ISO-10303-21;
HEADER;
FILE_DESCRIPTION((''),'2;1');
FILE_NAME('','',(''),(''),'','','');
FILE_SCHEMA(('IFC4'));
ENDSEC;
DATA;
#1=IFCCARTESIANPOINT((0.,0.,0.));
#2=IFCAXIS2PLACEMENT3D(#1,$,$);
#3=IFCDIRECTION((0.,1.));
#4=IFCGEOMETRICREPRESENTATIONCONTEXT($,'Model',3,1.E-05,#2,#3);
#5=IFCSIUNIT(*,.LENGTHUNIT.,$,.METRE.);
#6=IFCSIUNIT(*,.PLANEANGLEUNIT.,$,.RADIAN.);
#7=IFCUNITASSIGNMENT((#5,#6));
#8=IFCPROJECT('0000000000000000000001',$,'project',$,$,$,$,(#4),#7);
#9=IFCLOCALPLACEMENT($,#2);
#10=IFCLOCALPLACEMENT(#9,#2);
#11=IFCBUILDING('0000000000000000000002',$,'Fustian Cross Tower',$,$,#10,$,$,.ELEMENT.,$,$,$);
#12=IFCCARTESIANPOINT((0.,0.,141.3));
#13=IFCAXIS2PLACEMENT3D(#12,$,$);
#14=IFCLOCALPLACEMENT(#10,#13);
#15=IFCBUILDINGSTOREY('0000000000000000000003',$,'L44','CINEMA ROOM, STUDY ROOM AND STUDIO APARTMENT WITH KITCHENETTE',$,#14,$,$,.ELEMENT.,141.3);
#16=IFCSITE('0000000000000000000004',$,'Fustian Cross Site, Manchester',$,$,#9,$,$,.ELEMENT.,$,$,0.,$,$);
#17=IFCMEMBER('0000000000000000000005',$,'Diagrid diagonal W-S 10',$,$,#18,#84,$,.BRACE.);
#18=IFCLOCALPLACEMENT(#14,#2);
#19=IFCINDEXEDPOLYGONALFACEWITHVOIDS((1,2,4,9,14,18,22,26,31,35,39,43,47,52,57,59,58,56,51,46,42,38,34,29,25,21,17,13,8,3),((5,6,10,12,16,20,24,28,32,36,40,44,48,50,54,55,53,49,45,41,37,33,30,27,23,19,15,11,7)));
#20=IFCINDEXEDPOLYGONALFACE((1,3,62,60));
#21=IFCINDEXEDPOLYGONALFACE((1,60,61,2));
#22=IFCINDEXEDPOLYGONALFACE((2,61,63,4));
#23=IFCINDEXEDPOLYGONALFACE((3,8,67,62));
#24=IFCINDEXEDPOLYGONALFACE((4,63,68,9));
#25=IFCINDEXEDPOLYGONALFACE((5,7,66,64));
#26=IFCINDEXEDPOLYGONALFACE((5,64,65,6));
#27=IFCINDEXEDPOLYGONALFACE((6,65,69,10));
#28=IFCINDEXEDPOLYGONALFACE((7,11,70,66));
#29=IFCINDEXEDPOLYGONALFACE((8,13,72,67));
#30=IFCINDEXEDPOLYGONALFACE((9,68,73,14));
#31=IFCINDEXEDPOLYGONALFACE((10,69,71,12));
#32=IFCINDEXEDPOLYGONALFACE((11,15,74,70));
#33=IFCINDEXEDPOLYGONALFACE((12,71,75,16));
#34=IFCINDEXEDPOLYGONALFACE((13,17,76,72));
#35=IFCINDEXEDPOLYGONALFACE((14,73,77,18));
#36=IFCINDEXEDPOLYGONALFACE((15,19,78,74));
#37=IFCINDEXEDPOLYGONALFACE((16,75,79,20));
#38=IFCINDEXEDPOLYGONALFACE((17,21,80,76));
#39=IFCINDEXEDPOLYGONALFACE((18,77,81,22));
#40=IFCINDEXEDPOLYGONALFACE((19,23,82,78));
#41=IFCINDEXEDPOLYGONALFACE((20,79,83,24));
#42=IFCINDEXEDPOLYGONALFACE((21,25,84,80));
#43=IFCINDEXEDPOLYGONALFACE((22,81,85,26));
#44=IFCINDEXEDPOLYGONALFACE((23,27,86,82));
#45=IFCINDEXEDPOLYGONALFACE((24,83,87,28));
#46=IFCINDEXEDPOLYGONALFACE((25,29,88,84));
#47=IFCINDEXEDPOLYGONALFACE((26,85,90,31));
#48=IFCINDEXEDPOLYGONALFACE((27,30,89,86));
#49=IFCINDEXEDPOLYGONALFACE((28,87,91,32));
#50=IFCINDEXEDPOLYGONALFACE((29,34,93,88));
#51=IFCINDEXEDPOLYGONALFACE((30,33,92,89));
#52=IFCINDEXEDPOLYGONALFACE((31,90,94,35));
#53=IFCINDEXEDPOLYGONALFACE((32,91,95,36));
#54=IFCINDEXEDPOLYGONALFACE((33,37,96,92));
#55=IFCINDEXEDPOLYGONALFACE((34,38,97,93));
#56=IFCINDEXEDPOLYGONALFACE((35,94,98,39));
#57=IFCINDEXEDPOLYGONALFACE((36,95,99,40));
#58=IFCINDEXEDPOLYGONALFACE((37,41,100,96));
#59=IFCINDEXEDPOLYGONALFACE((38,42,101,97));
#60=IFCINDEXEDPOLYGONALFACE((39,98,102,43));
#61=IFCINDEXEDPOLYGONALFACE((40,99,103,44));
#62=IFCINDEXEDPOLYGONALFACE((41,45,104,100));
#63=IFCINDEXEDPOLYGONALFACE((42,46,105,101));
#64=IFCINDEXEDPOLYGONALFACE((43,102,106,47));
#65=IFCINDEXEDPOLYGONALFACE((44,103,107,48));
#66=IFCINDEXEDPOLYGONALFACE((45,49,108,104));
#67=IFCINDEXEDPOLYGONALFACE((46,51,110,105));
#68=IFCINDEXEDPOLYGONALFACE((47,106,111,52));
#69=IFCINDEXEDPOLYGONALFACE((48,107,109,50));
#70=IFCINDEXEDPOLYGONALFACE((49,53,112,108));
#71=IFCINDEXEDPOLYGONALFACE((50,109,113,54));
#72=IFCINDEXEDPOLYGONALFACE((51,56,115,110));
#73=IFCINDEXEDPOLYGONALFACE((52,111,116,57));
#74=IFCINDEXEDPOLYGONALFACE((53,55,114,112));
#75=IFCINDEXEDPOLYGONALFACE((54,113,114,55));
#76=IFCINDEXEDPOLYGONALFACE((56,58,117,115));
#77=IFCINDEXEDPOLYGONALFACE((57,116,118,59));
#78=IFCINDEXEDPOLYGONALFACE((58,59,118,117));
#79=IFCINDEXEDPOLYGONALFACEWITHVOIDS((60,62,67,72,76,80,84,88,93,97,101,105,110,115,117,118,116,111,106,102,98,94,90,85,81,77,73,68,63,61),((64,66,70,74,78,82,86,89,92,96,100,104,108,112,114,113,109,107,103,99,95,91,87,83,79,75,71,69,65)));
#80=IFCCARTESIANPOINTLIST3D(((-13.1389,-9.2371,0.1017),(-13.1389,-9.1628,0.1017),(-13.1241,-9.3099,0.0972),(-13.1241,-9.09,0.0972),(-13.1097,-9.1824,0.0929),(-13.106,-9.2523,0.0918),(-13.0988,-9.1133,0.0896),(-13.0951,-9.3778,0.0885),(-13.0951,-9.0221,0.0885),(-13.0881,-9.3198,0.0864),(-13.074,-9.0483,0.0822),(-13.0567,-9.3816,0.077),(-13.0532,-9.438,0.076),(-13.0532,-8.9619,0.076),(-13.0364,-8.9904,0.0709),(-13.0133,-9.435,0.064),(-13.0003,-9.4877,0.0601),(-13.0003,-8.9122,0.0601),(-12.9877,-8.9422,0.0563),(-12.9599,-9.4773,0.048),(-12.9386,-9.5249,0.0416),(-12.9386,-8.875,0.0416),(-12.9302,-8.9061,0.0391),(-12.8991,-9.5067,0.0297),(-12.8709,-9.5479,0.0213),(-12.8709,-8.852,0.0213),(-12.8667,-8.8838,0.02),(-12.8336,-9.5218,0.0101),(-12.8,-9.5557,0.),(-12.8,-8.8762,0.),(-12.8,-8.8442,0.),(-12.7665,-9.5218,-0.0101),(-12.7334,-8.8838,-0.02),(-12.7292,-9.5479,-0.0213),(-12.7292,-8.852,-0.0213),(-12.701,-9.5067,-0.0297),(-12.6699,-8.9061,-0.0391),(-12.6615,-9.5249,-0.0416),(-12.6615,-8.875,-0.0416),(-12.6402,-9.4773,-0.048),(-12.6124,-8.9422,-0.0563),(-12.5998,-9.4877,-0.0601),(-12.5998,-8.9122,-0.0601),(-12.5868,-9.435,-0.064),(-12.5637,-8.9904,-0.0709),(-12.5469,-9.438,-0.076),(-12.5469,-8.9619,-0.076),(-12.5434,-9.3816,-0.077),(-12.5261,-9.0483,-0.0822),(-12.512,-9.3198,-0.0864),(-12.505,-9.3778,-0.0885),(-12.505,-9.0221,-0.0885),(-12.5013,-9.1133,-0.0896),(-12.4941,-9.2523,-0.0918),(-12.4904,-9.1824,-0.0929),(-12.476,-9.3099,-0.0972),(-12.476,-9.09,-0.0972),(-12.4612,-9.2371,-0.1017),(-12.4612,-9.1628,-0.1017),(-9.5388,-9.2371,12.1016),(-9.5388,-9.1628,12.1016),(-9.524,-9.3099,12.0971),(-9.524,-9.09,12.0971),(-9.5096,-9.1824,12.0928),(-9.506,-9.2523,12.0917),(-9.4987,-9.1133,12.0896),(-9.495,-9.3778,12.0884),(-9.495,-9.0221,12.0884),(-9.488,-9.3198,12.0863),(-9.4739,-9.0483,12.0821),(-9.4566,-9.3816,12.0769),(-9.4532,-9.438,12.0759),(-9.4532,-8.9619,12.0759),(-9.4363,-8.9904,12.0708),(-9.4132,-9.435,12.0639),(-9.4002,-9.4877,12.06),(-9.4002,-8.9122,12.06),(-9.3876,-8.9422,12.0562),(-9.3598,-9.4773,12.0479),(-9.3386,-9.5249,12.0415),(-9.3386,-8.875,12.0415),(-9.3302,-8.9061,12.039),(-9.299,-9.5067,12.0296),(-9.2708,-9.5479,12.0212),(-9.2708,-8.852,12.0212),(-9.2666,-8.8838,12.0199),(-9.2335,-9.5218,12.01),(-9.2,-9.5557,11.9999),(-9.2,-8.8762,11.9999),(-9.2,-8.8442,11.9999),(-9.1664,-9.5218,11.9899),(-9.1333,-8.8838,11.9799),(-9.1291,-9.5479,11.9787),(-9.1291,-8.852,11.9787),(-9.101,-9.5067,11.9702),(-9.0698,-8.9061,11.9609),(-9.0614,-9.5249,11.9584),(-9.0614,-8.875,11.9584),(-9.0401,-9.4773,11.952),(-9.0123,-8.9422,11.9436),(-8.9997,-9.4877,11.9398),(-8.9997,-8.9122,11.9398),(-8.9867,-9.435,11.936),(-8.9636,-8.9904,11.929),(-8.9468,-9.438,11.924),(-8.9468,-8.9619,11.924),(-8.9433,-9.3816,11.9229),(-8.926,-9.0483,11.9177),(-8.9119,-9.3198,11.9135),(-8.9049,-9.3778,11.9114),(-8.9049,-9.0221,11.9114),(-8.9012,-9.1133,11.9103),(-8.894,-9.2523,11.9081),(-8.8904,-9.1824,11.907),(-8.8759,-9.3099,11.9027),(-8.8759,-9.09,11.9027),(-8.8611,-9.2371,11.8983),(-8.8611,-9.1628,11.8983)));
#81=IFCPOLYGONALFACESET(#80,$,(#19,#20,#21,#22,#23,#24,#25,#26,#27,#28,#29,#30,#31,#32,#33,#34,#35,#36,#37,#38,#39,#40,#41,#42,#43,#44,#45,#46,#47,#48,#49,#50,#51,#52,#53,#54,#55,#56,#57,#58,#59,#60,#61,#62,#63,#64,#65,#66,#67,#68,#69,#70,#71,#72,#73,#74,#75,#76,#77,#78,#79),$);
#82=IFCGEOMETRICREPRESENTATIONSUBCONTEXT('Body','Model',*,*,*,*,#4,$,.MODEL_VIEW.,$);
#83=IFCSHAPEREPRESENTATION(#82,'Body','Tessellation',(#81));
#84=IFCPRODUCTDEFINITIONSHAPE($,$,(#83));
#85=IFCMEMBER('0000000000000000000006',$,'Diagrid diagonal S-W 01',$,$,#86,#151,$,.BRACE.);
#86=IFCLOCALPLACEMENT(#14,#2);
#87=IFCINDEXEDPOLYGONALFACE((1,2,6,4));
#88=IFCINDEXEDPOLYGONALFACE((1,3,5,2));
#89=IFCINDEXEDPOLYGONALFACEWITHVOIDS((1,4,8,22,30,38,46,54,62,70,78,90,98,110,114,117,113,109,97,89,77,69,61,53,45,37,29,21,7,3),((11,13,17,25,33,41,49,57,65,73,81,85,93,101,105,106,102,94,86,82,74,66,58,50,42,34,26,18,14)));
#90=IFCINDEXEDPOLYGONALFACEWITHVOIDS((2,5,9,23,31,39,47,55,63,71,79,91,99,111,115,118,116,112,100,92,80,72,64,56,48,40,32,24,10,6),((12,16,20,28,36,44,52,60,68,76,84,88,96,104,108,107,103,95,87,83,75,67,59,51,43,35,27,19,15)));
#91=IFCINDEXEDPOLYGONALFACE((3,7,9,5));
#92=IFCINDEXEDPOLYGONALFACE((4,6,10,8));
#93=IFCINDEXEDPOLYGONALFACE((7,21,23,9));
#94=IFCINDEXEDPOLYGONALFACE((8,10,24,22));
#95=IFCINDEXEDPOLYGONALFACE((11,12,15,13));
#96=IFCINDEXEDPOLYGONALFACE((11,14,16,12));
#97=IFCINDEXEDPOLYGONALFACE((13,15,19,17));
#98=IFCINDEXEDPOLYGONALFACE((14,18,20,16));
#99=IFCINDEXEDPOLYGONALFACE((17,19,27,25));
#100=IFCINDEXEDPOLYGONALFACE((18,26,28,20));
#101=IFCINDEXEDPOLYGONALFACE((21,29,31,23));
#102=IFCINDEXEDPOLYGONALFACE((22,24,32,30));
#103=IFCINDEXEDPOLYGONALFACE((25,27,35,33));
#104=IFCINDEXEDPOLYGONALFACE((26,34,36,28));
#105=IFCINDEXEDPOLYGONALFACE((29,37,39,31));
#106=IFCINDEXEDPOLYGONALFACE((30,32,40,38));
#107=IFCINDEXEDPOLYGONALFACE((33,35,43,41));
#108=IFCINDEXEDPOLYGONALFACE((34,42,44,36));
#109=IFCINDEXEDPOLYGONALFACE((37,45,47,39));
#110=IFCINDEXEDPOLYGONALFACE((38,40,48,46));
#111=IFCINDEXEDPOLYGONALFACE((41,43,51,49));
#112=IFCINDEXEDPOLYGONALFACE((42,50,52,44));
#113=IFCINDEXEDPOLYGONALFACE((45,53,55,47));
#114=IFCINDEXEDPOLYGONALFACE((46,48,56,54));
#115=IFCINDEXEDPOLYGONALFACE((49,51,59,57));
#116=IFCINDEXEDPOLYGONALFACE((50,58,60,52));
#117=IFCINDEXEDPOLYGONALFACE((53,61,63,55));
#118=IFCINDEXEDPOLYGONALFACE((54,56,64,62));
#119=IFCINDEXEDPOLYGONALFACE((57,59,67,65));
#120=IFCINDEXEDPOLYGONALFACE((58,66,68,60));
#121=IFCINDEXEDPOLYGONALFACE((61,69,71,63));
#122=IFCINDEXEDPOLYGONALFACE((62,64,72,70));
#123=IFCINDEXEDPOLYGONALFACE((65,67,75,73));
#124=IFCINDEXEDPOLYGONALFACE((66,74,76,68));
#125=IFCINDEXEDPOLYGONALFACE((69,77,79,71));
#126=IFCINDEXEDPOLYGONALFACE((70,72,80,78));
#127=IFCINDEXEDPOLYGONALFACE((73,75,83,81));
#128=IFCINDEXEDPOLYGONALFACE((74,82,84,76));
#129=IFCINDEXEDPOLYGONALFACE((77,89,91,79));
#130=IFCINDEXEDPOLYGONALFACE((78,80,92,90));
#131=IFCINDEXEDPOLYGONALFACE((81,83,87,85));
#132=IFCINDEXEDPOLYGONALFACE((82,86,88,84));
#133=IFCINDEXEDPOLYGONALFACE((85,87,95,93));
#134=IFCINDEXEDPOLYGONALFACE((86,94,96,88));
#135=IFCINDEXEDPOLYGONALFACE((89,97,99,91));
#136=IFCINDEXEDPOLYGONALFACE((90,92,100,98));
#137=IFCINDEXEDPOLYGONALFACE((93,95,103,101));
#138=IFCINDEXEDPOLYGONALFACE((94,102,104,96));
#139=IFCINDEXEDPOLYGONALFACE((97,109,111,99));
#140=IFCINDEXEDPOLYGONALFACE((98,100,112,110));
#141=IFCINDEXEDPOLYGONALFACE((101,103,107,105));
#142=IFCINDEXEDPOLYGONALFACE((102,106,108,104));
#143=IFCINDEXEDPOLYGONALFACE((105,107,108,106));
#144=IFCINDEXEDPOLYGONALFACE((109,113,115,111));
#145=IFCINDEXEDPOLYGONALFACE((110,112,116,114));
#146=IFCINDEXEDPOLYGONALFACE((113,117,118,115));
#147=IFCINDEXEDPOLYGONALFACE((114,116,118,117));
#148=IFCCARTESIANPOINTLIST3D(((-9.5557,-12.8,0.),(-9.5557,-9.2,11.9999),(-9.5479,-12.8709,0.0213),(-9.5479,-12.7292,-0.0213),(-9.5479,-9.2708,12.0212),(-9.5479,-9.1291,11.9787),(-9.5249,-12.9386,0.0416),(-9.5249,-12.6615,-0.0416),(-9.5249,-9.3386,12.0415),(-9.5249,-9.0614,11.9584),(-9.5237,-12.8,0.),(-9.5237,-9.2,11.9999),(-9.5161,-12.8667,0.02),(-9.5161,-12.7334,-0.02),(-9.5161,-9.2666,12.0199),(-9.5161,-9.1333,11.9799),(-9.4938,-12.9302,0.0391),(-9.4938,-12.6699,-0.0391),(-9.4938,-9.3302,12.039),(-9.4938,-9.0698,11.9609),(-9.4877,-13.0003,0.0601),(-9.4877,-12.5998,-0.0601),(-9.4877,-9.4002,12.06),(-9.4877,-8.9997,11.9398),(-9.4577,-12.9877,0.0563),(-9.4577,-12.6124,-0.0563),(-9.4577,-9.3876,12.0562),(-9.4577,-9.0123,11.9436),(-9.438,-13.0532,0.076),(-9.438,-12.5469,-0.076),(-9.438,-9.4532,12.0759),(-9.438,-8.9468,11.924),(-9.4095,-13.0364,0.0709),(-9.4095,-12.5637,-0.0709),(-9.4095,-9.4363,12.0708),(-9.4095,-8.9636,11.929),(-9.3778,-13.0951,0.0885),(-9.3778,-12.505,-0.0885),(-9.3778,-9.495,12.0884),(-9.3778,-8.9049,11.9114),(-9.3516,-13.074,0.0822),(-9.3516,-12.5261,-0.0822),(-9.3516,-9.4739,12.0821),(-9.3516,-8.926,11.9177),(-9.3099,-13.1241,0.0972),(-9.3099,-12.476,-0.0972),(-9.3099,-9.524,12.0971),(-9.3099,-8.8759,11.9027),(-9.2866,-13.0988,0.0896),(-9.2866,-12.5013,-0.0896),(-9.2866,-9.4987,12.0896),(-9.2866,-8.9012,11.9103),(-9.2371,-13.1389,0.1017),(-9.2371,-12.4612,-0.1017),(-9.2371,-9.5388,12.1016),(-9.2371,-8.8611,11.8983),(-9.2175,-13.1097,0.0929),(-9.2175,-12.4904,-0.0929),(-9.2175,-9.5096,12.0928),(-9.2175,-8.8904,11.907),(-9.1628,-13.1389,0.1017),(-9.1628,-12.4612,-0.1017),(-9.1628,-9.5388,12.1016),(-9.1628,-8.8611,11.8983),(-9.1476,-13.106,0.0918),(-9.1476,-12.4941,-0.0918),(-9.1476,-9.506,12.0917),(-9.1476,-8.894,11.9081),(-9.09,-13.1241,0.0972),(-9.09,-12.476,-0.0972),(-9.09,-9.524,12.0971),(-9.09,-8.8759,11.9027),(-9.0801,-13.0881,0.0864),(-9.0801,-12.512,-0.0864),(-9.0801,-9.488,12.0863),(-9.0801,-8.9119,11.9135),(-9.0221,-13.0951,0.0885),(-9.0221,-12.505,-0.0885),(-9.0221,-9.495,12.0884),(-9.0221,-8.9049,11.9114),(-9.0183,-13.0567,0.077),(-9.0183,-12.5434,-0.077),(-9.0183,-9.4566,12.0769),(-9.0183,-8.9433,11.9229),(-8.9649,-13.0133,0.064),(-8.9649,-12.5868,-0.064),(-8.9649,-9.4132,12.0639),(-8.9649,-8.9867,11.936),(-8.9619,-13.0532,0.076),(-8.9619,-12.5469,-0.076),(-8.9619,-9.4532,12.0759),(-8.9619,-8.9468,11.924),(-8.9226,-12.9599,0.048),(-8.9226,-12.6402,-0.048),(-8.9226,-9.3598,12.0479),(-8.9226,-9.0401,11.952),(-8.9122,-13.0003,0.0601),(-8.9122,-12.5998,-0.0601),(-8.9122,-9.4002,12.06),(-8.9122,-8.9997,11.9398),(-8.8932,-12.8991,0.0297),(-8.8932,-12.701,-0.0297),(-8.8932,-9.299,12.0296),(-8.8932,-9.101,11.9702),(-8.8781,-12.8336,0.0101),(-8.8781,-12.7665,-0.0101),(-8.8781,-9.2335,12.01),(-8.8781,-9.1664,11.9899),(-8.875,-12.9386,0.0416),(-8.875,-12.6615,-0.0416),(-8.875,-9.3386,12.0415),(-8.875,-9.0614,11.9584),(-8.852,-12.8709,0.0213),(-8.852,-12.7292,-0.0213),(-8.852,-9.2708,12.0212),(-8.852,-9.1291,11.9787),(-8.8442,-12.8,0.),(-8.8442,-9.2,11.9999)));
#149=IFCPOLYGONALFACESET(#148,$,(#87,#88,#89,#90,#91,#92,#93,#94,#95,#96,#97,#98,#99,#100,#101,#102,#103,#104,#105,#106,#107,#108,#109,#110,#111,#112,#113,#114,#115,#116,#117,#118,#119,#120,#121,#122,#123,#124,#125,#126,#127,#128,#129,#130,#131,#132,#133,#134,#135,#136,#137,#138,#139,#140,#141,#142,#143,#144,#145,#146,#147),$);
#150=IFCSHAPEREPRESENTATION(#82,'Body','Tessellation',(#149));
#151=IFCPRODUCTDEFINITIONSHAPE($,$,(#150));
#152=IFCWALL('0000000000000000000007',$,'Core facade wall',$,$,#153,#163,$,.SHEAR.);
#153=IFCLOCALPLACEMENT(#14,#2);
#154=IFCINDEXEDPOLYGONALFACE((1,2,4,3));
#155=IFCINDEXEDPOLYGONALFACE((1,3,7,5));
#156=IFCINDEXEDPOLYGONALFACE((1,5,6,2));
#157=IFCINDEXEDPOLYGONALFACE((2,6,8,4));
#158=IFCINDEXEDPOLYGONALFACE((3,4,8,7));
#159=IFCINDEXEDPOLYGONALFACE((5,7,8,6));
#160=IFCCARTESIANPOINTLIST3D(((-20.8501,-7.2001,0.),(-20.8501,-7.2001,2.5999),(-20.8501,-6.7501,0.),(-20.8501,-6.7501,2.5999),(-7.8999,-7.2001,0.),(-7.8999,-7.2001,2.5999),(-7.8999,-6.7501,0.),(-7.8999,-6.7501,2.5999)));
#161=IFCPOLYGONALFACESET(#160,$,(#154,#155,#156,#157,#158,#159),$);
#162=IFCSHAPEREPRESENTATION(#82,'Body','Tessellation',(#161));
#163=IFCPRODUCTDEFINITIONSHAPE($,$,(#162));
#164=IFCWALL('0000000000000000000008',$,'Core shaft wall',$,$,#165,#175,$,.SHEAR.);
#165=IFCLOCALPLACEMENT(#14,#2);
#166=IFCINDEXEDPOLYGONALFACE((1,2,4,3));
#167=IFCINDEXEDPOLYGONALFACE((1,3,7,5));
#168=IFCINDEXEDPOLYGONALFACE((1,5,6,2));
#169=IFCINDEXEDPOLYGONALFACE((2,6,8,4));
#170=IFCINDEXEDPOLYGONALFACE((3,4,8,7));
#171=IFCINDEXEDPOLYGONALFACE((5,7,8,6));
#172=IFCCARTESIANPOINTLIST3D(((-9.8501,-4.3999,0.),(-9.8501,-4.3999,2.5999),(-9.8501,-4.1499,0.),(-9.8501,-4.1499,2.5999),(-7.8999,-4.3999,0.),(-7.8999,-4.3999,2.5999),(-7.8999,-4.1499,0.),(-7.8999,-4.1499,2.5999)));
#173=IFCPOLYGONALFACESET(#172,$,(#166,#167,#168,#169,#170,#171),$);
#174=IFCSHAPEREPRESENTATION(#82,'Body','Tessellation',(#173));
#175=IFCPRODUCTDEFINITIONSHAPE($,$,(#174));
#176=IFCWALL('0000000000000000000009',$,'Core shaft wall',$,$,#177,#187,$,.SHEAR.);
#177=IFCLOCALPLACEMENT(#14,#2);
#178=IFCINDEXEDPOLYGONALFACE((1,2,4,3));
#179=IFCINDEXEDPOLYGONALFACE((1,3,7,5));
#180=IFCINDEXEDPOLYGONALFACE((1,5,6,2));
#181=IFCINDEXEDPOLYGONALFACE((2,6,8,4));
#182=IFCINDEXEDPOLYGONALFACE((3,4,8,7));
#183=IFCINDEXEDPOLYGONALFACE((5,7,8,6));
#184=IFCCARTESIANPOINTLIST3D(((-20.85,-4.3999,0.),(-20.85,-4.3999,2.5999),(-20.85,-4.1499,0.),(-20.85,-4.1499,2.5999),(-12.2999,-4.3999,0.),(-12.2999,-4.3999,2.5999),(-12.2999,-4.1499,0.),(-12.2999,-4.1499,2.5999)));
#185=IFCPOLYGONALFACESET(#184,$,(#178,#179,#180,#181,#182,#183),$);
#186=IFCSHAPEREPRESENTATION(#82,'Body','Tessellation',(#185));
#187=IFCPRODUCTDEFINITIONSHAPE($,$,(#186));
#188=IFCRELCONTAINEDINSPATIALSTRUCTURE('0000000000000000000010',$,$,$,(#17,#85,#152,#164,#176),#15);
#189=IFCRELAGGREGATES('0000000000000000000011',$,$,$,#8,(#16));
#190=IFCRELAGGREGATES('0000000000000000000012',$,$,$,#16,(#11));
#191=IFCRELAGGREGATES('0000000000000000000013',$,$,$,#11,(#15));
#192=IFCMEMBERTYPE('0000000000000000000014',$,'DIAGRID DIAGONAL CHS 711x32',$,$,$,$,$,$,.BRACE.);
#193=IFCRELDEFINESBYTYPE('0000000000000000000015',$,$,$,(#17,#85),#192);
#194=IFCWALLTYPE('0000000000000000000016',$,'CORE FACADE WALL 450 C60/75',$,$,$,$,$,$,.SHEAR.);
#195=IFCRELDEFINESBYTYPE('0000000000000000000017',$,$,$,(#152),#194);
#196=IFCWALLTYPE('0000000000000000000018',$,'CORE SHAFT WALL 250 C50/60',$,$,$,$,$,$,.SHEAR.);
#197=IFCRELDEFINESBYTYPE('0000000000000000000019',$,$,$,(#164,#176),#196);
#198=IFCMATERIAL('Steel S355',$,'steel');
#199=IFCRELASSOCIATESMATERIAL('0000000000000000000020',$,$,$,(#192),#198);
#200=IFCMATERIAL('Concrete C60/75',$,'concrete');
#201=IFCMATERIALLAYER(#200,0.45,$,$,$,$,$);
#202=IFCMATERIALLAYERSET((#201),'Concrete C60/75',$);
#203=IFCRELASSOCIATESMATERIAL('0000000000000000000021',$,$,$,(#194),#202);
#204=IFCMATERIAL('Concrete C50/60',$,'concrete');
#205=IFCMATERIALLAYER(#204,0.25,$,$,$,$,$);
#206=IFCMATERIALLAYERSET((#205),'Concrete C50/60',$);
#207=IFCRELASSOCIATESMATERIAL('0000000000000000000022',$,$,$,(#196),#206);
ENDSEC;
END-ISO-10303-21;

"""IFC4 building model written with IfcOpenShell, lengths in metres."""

from ifc_helpers import new_model, si_unit, direction, frame, frame_2d, origin, origin_2d, place, context, subcontext, project, spatial, rectangle, hollow_circle, extrude, material, layer, layer_set, material_profile, profile_set, type_object, element, save


model = new_model("IFC4")

# Units and contexts
model_context = context("Model", 3, precision=1e-05, world=origin(), true_north=direction((0.0, 1.0)))
body_context = subcontext(model_context, "Body", "Model", "MODEL_VIEW")
ifc_project = project(units=[si_unit("LENGTHUNIT", "METRE"), si_unit("PLANEANGLEUNIT", "RADIAN")], contexts=[model_context])

# Site, building, storey
site_placement = place(None, origin())
site = spatial("IfcSite", under=ifc_project, at=site_placement, Name="Fustian Cross Site, Manchester", CompositionType="ELEMENT", RefElevation=0.0)
building_placement = place(site_placement, origin())
building = spatial("IfcBuilding", under=site, at=building_placement, Name="Fustian Cross Tower", CompositionType="ELEMENT")
storey_placement = place(building_placement, frame((0.0, 0.0, 141.3)))
storey = spatial("IfcBuildingStorey", under=building, at=storey_placement, Name="L44", Description="CINEMA ROOM, STUDY ROOM AND STUDIO APARTMENT WITH KITCHENETTE", CompositionType="ELEMENT", Elevation=141.3)

# Members
ifc_material_1 = material(Name="Steel S355", Category="steel")
ifc_material_profile_1 = material_profile(ifc_material_1, hollow_circle(Radius=0.3557, WallThickness=0.032, at=origin_2d()), Name="CHS 711x32")
ifc_profile_set_1 = profile_set([ifc_material_profile_1], Name="Steel S355")
member_type_1 = type_object("IfcMemberType", Name="DIAGRID DIAGONAL CHS 711x32", PredefinedType="BRACE", material=ifc_profile_set_1)
for number, where, z_axis, x_axis, name in (
    (1, (-12.8, -9.2, 0.0), (0.287355, 0.0, 0.957824), (0.0, 1.0, 0.0), "Diagrid diagonal W-S 10"),
    (2, (-9.2, -12.8, 0.0), (0.0, 0.287355, 0.957824), (-1.0, 0.0, 0.0), "Diagrid diagonal S-W 01"),
):
    element("IfcMember", number, at=place(storey_placement, frame(where, z_axis=z_axis, x_axis=x_axis)), inside=storey, type_object=member_type_1, Name=name, PredefinedType="BRACE", context=body_context, shape_type="SweptSolid", body=[
        extrude(hollow_circle(Radius=0.3557, WallThickness=0.032, at=origin_2d()), origin(), (0.0, 0.0, 1.0), 12.5283),
    ])

# Walls
ifc_material_2 = material(Name="Concrete C60/75", Category="concrete")
ifc_layer_1 = layer(ifc_material_2, 0.45)
ifc_layer_set_1 = layer_set([ifc_layer_1], Name="Concrete C60/75")
wall_type_1 = type_object("IfcWallType", Name="CORE FACADE WALL 450 C60/75", PredefinedType="SHEAR", material=ifc_layer_set_1)
wall_1_placement = place(storey_placement, frame((-7.8999, -6.9751, 0.0), z_axis=(0.0, 0.0, 1.0), x_axis=(-1.0, 0.0, 0.0)))
element("IfcWall", 3, at=wall_1_placement, inside=storey, type_object=wall_type_1, Name="Core facade wall", PredefinedType="SHEAR", context=body_context, shape_type="SweptSolid", body=[
    extrude(rectangle(XDim=12.9502, YDim=0.45, at=frame_2d((6.4751, 0.0))), origin(), (0.0, 0.0, 1.0), 2.5999),
])
ifc_material_3 = material(Name="Concrete C50/60", Category="concrete")
ifc_layer_2 = layer(ifc_material_3, 0.25)
ifc_layer_set_2 = layer_set([ifc_layer_2], Name="Concrete C50/60")
wall_type_2 = type_object("IfcWallType", Name="CORE SHAFT WALL 250 C50/60", PredefinedType="SHEAR", material=ifc_layer_set_2)
wall_2_placement = place(storey_placement, frame((-7.8999, -4.2749, 0.0), z_axis=(0.0, 0.0, 1.0), x_axis=(-1.0, 0.0, 0.0)))
element("IfcWall", 4, at=wall_2_placement, inside=storey, type_object=wall_type_2, Name="Core shaft wall", PredefinedType="SHEAR", context=body_context, shape_type="SweptSolid", body=[
    extrude(rectangle(XDim=1.9502, YDim=0.25, at=frame_2d((0.9751, 0.0))), origin(), (0.0, 0.0, 1.0), 2.5999),
])
wall_3_placement = place(storey_placement, frame((-12.3, -4.2749, 0.0), z_axis=(0.0, 0.0, 1.0), x_axis=(-1.0, 0.0, 0.0)))
element("IfcWall", 5, at=wall_3_placement, inside=storey, type_object=wall_type_2, Name="Core shaft wall", PredefinedType="SHEAR", context=body_context, shape_type="SweptSolid", body=[
    extrude(rectangle(XDim=8.55, YDim=0.25, at=frame_2d((4.2749, 0.0))), origin(), (0.0, 0.0, 1.0), 2.5999),
])

save(model, "model.ifc")
